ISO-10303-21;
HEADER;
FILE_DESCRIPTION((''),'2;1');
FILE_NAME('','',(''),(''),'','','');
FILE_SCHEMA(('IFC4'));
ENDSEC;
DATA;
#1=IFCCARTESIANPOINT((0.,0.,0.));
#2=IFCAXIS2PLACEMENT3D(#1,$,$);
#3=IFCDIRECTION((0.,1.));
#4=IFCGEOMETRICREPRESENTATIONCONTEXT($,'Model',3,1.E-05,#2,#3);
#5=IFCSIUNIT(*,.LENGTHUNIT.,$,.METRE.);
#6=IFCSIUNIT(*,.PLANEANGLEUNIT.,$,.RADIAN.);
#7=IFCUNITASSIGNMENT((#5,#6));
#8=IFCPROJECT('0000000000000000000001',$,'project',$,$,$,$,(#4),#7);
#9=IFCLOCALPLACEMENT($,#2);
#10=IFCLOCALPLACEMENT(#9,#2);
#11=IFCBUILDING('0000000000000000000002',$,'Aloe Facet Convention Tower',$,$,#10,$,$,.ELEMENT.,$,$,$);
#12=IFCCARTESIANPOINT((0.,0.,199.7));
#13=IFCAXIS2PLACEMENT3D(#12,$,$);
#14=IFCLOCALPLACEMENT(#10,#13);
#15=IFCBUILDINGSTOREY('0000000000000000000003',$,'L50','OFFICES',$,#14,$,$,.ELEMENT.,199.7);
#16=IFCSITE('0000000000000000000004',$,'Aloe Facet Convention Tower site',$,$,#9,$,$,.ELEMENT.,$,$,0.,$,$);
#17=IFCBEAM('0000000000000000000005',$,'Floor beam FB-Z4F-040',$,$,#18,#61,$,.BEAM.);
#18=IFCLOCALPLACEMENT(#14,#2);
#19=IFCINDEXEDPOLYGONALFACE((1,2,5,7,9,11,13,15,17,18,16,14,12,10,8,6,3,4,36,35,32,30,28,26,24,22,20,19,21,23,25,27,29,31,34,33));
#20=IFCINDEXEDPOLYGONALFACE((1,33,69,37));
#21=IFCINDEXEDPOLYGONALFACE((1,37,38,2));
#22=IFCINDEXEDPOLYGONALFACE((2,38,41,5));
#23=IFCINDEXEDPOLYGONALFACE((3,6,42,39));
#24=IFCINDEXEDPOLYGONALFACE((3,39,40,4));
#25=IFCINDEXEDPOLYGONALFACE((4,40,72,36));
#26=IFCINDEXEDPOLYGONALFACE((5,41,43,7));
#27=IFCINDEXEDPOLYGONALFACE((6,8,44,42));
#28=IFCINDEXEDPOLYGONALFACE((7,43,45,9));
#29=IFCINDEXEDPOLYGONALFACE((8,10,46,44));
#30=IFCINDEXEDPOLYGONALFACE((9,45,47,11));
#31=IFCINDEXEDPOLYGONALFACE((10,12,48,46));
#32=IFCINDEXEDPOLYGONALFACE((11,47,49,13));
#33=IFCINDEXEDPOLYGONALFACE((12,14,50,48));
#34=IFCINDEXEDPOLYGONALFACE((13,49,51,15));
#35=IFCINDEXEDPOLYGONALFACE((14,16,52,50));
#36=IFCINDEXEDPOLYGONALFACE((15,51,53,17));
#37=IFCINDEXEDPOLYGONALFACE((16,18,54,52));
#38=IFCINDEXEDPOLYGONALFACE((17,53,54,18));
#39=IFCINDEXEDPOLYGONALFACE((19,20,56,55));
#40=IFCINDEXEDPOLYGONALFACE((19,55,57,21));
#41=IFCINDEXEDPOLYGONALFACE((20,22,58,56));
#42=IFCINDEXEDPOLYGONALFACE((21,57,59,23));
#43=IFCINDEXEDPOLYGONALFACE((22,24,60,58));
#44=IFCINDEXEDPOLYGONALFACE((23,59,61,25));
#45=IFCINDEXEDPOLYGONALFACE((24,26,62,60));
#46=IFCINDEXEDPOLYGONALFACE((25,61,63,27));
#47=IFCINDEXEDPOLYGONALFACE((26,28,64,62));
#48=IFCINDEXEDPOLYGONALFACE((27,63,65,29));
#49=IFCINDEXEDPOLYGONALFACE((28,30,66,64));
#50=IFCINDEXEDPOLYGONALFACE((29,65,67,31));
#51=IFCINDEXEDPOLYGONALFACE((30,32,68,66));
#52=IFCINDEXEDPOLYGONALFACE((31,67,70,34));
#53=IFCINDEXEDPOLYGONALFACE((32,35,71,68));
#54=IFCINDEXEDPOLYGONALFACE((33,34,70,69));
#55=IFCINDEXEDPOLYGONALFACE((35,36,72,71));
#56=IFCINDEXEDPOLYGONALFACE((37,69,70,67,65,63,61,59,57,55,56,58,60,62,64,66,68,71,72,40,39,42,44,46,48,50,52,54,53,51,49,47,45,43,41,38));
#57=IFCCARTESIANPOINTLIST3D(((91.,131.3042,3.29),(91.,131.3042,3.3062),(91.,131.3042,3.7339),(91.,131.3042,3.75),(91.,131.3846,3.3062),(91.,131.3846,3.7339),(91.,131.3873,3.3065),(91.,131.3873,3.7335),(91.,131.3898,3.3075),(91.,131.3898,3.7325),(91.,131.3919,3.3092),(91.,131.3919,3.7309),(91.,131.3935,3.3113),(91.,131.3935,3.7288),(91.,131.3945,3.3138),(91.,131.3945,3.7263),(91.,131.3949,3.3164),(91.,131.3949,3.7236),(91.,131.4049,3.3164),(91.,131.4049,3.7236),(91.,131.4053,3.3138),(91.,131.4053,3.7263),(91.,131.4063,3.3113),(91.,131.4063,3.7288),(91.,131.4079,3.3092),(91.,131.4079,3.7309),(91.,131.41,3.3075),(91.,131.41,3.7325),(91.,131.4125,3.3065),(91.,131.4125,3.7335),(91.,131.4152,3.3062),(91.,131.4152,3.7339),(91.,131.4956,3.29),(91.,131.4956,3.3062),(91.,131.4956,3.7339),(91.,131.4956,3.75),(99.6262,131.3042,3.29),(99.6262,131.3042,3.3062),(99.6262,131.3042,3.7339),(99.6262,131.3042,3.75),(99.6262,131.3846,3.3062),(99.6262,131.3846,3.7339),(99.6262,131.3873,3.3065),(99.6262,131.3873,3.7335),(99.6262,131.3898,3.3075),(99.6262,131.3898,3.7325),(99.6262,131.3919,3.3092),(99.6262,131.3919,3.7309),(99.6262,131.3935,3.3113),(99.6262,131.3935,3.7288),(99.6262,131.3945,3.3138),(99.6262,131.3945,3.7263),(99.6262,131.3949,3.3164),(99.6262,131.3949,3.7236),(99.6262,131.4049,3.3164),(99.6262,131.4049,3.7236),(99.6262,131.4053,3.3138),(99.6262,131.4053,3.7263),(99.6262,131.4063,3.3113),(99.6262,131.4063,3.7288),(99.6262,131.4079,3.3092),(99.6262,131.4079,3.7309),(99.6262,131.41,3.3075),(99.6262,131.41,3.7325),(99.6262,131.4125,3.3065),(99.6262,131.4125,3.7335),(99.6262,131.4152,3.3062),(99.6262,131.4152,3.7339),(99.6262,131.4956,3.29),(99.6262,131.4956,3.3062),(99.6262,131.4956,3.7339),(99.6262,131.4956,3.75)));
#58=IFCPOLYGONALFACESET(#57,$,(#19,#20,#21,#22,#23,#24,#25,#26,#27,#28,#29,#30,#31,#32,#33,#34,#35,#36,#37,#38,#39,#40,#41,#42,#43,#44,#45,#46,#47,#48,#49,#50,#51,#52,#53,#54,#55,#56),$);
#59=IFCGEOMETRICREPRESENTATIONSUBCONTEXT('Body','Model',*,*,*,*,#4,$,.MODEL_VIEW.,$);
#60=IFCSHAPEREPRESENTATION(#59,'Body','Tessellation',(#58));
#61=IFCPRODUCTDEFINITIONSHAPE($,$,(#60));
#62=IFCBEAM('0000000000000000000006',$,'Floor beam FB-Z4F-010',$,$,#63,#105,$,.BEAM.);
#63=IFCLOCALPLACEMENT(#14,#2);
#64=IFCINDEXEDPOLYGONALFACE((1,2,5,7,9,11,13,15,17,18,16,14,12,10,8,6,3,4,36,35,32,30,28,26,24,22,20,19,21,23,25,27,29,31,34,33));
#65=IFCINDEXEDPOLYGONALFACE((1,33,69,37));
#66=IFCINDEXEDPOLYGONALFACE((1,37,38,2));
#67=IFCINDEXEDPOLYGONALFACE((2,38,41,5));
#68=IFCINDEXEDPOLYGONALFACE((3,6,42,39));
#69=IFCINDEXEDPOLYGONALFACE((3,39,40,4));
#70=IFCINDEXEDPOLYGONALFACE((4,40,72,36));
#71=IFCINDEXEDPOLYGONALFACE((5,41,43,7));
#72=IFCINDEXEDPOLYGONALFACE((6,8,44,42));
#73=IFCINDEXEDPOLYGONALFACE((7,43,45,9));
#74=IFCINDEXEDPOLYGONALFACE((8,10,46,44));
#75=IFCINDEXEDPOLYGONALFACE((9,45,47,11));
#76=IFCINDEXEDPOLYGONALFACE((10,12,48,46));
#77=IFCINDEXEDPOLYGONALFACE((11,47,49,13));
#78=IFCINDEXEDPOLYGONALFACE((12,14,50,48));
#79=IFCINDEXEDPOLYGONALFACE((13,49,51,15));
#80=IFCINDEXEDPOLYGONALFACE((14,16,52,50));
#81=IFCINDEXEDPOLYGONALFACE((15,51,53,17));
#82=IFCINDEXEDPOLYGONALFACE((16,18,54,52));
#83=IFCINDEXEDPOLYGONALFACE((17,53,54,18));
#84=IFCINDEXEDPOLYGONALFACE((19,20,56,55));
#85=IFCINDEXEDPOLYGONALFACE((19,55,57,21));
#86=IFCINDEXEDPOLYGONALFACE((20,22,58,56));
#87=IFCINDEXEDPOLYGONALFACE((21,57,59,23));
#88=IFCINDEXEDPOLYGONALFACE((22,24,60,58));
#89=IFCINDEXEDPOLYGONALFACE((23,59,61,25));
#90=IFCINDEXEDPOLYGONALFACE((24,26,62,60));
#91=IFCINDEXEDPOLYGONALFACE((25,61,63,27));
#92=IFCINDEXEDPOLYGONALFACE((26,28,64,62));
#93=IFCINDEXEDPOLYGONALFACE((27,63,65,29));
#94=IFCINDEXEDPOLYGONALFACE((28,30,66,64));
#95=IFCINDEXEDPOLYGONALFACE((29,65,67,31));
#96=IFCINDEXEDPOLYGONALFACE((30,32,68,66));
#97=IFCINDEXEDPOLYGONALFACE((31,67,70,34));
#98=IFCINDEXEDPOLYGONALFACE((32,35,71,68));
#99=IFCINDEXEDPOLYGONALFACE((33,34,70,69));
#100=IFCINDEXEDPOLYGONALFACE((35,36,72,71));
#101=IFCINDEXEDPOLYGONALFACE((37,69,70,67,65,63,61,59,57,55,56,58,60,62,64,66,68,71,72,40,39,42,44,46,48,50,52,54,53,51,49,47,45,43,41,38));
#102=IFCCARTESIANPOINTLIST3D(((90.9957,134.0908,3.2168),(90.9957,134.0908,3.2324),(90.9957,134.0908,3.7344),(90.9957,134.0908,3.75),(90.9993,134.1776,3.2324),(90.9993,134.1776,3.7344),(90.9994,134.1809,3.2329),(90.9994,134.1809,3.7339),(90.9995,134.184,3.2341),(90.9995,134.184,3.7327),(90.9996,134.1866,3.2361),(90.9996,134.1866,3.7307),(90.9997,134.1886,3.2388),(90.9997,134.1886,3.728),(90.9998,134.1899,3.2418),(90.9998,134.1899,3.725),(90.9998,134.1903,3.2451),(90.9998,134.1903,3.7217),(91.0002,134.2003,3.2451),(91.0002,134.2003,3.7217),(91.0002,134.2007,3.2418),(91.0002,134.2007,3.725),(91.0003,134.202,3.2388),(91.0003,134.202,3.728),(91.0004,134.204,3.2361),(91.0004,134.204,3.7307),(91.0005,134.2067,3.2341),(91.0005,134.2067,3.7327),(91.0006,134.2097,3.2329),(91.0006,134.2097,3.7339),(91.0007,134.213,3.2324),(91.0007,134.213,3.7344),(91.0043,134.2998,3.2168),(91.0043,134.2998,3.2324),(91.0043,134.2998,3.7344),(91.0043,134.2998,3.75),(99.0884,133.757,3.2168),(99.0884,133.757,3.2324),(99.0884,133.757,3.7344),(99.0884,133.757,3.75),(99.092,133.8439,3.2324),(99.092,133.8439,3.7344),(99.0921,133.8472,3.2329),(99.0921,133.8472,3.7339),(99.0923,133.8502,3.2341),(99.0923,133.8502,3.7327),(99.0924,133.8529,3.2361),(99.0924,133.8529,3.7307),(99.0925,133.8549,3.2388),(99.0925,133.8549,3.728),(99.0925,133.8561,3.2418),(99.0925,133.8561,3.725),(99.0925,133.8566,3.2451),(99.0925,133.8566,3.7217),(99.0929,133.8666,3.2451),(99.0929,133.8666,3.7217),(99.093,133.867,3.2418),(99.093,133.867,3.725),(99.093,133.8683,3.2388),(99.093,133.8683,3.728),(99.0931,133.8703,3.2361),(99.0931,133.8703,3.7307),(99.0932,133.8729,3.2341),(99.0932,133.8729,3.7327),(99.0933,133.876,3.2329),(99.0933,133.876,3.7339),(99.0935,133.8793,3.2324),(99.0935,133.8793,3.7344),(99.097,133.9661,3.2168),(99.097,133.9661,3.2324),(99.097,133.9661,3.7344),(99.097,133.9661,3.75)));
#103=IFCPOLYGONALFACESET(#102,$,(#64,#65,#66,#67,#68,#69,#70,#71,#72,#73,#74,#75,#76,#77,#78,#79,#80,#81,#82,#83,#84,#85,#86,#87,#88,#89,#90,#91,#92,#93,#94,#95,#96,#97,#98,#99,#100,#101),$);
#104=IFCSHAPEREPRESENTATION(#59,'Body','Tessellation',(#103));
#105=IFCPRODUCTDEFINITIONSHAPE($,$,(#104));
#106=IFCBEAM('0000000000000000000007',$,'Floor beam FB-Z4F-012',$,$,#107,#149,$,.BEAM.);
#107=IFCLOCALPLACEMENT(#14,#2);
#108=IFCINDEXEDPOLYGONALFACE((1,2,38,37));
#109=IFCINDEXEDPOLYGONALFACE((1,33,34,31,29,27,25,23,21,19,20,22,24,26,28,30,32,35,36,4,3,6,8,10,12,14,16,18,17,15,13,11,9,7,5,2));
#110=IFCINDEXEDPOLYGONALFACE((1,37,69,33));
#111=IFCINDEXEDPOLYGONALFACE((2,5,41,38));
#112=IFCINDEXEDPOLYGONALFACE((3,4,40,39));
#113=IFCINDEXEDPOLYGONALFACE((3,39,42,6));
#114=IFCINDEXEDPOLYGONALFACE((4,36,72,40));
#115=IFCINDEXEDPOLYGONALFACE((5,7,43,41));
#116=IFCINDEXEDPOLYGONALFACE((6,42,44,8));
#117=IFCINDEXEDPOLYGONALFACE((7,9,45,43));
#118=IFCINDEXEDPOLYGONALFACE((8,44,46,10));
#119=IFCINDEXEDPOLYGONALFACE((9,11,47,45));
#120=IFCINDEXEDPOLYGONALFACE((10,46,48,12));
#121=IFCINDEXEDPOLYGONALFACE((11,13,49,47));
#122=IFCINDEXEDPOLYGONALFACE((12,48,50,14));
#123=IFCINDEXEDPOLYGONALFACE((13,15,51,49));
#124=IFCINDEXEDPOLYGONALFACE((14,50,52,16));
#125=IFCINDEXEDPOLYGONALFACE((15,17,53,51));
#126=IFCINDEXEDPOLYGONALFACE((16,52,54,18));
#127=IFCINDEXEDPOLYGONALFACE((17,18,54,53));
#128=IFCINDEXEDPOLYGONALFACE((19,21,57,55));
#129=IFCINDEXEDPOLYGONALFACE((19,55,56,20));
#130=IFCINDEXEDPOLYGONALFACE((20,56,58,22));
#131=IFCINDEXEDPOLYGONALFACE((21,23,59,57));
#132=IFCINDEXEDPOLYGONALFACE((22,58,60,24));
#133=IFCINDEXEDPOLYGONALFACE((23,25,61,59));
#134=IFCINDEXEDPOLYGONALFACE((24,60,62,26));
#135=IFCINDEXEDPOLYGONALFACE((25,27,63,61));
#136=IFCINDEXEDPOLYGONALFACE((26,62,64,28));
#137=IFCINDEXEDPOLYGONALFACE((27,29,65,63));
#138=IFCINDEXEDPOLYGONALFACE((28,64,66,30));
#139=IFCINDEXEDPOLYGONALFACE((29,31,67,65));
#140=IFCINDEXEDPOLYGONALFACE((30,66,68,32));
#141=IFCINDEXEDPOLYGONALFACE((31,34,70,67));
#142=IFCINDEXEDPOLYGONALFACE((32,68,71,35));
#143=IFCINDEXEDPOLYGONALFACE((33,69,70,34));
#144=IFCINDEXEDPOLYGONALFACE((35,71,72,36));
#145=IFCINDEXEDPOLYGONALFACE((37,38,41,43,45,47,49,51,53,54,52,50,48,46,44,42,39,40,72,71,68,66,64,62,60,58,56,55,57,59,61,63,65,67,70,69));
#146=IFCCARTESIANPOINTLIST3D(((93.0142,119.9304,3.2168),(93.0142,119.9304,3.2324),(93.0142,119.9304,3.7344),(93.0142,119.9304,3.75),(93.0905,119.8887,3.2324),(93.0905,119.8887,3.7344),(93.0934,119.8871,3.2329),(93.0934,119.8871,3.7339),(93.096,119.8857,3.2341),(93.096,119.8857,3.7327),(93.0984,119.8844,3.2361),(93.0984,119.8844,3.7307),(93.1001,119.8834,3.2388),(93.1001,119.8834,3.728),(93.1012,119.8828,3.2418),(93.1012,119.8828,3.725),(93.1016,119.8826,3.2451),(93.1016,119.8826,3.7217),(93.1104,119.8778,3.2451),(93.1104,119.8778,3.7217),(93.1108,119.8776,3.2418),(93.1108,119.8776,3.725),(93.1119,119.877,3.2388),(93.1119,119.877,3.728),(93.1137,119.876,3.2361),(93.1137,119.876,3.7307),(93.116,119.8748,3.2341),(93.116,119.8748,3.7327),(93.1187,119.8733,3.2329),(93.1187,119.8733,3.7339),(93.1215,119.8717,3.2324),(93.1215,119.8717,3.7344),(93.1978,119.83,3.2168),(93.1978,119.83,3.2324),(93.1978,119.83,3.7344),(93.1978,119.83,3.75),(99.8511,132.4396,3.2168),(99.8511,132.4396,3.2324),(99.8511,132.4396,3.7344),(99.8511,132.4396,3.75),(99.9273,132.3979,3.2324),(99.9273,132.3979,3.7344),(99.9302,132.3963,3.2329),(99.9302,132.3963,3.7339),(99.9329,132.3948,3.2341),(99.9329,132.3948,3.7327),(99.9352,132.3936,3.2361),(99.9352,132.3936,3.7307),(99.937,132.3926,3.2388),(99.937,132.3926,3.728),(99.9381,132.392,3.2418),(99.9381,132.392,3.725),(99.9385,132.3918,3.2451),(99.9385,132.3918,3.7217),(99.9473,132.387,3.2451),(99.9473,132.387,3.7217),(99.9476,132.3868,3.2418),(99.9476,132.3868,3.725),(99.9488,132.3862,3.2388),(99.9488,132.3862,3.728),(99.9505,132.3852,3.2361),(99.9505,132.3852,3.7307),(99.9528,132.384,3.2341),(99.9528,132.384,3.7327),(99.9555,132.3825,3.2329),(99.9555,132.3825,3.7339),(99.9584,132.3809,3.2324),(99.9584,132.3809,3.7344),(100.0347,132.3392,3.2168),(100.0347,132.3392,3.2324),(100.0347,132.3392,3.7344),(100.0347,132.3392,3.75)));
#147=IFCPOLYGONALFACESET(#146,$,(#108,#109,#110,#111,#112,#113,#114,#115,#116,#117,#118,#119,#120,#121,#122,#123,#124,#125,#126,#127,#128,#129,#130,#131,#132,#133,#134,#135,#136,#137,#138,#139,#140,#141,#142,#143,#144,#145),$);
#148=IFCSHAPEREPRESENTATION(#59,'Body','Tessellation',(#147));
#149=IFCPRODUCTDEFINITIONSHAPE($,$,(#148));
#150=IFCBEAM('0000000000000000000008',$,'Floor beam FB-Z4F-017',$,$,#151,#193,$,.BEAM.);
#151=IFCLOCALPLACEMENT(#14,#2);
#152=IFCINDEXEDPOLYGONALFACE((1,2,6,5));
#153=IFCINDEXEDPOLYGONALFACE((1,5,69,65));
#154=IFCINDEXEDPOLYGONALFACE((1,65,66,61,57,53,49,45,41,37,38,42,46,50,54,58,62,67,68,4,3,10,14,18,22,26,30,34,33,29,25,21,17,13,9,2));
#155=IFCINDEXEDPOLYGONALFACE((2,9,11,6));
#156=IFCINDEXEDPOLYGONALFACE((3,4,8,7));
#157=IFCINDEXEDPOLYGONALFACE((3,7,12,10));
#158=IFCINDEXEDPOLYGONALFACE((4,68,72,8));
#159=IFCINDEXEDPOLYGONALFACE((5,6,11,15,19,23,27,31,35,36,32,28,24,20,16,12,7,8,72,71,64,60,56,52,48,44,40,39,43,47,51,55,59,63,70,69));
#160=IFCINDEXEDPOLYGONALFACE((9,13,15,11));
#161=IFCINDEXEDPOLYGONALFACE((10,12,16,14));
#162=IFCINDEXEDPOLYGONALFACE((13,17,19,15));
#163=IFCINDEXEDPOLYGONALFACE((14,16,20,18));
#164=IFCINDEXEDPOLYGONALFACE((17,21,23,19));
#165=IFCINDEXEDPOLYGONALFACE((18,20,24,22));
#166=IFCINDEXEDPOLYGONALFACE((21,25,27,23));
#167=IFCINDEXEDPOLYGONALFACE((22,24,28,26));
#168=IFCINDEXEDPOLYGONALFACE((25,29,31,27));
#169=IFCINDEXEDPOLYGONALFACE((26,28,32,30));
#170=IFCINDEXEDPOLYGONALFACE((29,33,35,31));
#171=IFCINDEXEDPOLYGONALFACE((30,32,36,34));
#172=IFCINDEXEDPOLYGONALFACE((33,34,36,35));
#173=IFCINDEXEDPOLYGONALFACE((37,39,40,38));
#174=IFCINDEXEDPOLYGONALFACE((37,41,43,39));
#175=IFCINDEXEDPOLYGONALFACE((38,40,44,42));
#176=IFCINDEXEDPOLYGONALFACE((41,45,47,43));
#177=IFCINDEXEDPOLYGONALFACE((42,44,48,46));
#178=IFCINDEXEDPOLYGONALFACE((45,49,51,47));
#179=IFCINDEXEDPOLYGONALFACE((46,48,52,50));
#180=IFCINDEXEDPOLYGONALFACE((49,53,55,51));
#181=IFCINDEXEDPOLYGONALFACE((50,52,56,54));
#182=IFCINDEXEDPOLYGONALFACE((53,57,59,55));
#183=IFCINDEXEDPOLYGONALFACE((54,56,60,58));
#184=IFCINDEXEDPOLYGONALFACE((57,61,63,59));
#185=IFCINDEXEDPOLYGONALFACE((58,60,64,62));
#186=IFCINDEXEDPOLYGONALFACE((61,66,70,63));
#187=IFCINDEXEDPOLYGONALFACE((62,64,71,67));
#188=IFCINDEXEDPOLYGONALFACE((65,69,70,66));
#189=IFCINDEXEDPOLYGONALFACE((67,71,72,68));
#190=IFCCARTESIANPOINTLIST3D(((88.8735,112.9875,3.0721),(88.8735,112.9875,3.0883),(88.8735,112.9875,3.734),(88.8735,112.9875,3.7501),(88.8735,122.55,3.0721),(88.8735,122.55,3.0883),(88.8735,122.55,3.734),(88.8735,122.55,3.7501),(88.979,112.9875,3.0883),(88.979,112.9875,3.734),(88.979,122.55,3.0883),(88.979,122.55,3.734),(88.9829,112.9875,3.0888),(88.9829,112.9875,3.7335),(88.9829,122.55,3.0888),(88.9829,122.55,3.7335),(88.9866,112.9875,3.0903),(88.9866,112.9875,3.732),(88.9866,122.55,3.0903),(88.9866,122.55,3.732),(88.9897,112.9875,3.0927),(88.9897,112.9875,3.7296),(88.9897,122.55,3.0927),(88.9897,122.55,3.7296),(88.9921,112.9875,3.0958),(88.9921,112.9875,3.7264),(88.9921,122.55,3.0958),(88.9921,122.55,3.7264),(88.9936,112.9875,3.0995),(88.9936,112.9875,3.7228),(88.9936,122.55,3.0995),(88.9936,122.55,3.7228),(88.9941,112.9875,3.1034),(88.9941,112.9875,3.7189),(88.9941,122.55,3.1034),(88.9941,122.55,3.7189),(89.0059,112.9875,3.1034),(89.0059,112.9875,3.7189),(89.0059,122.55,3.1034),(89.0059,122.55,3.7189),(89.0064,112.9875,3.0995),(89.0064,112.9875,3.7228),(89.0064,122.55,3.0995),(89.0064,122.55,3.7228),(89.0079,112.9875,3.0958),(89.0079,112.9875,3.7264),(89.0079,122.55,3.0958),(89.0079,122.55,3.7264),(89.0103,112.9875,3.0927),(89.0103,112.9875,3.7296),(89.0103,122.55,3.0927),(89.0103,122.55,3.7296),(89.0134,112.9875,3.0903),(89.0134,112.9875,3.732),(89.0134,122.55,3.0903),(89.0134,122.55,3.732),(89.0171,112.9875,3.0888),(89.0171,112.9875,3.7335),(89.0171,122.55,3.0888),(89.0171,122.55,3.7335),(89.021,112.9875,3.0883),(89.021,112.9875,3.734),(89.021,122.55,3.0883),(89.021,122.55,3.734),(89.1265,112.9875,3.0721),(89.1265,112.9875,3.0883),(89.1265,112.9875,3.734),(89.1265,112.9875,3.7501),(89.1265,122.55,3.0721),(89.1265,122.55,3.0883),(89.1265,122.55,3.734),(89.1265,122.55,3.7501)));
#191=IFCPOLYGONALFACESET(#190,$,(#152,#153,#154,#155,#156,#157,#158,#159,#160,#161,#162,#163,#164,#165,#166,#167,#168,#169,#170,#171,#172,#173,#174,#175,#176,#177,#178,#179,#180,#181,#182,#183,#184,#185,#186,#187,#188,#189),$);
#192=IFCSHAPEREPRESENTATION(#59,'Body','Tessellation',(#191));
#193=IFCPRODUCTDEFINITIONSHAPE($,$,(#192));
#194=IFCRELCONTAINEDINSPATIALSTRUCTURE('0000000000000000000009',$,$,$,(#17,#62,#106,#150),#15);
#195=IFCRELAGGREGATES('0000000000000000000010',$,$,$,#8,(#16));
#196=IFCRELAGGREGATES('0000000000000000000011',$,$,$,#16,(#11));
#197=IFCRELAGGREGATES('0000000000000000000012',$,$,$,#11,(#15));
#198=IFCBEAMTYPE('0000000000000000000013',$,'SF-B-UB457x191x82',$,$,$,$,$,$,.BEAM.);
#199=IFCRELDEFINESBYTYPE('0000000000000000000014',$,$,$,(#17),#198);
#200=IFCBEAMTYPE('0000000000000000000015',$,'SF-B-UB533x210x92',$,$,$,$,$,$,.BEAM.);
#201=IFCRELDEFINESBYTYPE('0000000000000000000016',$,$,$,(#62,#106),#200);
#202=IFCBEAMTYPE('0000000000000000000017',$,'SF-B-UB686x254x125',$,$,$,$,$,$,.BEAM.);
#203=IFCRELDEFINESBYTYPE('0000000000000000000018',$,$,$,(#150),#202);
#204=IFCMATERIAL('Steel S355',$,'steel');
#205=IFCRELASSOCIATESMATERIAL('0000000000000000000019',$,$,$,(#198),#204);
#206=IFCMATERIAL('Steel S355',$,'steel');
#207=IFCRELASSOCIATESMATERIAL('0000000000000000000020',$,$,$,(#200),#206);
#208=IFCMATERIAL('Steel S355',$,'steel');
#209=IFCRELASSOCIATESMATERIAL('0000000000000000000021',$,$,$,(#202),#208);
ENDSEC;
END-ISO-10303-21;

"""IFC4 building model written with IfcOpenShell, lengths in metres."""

from ifc_helpers import new_model, si_unit, direction, frame, origin, origin_2d, place, context, subcontext, project, spatial, i_section, extrude, material, material_profile, profile_set, type_object, element, save


model = new_model("IFC4")

# Units and contexts
model_context = context("Model", 3, precision=1e-05, world=origin(), true_north=direction((0.0, 1.0)))
body_context = subcontext(model_context, "Body", "Model", "MODEL_VIEW")
ifc_project = project(units=[si_unit("LENGTHUNIT", "METRE"), si_unit("PLANEANGLEUNIT", "RADIAN")], contexts=[model_context])

# Site, building, storey
site_placement = place(None, origin())
site = spatial("IfcSite", under=ifc_project, at=site_placement, Name="Aloe Facet Convention Tower site", CompositionType="ELEMENT", RefElevation=0.0)
building_placement = place(site_placement, origin())
building = spatial("IfcBuilding", under=site, at=building_placement, Name="Aloe Facet Convention Tower", CompositionType="ELEMENT")
storey_placement = place(building_placement, frame((0.0, 0.0, 199.7)))
storey = spatial("IfcBuildingStorey", under=building, at=storey_placement, Name="L50", Description="OFFICES", CompositionType="ELEMENT", Elevation=199.7)

# Beams
ifc_material_1 = material(Name="Steel S355", Category="steel")
ifc_material_profile_1 = material_profile(ifc_material_1, i_section(OverallWidth=0.1914, OverallDepth=0.46, WebThickness=0.01, FlangeThickness=0.0161, FilletRadius=0.0103, at=origin_2d()), Name="UB 457x191x82")
ifc_profile_set_1 = profile_set([ifc_material_profile_1], Name="Steel S355")
beam_type_1 = type_object("IfcBeamType", Name="SF-B-UB457x191x82", PredefinedType="BEAM", material=ifc_profile_set_1)
beam_1_placement = place(storey_placement, frame((91.0, 131.3999, 3.52), z_axis=(1.0, 0.0, 0.0), x_axis=(0.0, 1.0, 0.0)))
element("IfcBeam", 1, at=beam_1_placement, inside=storey, type_object=beam_type_1, Name="Floor beam FB-Z4F-040", PredefinedType="BEAM", context=body_context, shape_type="SweptSolid", body=[
    extrude(i_section(OverallWidth=0.1914, OverallDepth=0.46, WebThickness=0.01, FlangeThickness=0.0161, FilletRadius=0.0103, at=origin_2d()), origin(), (0.0, 0.0, 1.0), 8.6262),
])
ifc_material_2 = material(Name="Steel S355", Category="steel")
ifc_material_profile_2 = material_profile(ifc_material_2, i_section(OverallWidth=0.2092, OverallDepth=0.5332, WebThickness=0.01, FlangeThickness=0.0156, FilletRadius=0.0127, at=origin_2d()), Name="UB 533x210x92")
ifc_profile_set_2 = profile_set([ifc_material_profile_2], Name="Steel S355")
beam_type_2 = type_object("IfcBeamType", Name="SF-B-UB533x210x92", PredefinedType="BEAM", material=ifc_profile_set_2)
beam_2_placement = place(storey_placement, frame((91.0, 134.1953, 3.4834), z_axis=(0.999151, -0.041204, 0.0), x_axis=(0.041204, 0.999151, 0.0)))
element("IfcBeam", 2, at=beam_2_placement, inside=storey, type_object=beam_type_2, Name="Floor beam FB-Z4F-010", PredefinedType="BEAM", context=body_context, shape_type="SweptSolid", body=[
    extrude(i_section(OverallWidth=0.2092, OverallDepth=0.5332, WebThickness=0.01, FlangeThickness=0.0156, FilletRadius=0.0127, at=origin_2d()), origin(), (0.0, 0.0, 1.0), 8.0996),
])
beam_3_placement = place(storey_placement, frame((99.9429, 132.3894, 3.4834), z_axis=(-0.479591, -0.877492, 0.0), x_axis=(0.877492, -0.479591, 0.0)))
element("IfcBeam", 3, at=beam_3_placement, inside=storey, type_object=beam_type_2, Name="Floor beam FB-Z4F-012", PredefinedType="BEAM", context=body_context, shape_type="SweptSolid", body=[
    extrude(i_section(OverallWidth=0.2092, OverallDepth=0.5332, WebThickness=0.01, FlangeThickness=0.0156, FilletRadius=0.0127, at=origin_2d()), origin(), (0.0, 0.0, 1.0), 14.2556),
])
ifc_material_3 = material(Name="Steel S355", Category="steel")
ifc_material_profile_3 = material_profile(ifc_material_3, i_section(OverallWidth=0.2529, OverallDepth=0.678, WebThickness=0.0117, FlangeThickness=0.0161, FilletRadius=0.0151, at=origin_2d()), Name="UB 686x254x125")
ifc_profile_set_3 = profile_set([ifc_material_profile_3], Name="Steel S355")
beam_type_3 = type_object("IfcBeamType", Name="SF-B-UB686x254x125", PredefinedType="BEAM", material=ifc_profile_set_3)
beam_4_placement = place(storey_placement, frame((89.0, 122.55, 3.4111), z_axis=(0.0, -1.0, 0.0), x_axis=(1.0, 0.0, 0.0)))
element("IfcBeam", 4, at=beam_4_placement, inside=storey, type_object=beam_type_3, Name="Floor beam FB-Z4F-017", PredefinedType="BEAM", context=body_context, shape_type="SweptSolid", body=[
    extrude(i_section(OverallWidth=0.2529, OverallDepth=0.678, WebThickness=0.0117, FlangeThickness=0.0161, FilletRadius=0.0151, at=origin_2d()), origin(), (0.0, 0.0, 1.0), 9.5625),
])

save(model, "model.ifc")
